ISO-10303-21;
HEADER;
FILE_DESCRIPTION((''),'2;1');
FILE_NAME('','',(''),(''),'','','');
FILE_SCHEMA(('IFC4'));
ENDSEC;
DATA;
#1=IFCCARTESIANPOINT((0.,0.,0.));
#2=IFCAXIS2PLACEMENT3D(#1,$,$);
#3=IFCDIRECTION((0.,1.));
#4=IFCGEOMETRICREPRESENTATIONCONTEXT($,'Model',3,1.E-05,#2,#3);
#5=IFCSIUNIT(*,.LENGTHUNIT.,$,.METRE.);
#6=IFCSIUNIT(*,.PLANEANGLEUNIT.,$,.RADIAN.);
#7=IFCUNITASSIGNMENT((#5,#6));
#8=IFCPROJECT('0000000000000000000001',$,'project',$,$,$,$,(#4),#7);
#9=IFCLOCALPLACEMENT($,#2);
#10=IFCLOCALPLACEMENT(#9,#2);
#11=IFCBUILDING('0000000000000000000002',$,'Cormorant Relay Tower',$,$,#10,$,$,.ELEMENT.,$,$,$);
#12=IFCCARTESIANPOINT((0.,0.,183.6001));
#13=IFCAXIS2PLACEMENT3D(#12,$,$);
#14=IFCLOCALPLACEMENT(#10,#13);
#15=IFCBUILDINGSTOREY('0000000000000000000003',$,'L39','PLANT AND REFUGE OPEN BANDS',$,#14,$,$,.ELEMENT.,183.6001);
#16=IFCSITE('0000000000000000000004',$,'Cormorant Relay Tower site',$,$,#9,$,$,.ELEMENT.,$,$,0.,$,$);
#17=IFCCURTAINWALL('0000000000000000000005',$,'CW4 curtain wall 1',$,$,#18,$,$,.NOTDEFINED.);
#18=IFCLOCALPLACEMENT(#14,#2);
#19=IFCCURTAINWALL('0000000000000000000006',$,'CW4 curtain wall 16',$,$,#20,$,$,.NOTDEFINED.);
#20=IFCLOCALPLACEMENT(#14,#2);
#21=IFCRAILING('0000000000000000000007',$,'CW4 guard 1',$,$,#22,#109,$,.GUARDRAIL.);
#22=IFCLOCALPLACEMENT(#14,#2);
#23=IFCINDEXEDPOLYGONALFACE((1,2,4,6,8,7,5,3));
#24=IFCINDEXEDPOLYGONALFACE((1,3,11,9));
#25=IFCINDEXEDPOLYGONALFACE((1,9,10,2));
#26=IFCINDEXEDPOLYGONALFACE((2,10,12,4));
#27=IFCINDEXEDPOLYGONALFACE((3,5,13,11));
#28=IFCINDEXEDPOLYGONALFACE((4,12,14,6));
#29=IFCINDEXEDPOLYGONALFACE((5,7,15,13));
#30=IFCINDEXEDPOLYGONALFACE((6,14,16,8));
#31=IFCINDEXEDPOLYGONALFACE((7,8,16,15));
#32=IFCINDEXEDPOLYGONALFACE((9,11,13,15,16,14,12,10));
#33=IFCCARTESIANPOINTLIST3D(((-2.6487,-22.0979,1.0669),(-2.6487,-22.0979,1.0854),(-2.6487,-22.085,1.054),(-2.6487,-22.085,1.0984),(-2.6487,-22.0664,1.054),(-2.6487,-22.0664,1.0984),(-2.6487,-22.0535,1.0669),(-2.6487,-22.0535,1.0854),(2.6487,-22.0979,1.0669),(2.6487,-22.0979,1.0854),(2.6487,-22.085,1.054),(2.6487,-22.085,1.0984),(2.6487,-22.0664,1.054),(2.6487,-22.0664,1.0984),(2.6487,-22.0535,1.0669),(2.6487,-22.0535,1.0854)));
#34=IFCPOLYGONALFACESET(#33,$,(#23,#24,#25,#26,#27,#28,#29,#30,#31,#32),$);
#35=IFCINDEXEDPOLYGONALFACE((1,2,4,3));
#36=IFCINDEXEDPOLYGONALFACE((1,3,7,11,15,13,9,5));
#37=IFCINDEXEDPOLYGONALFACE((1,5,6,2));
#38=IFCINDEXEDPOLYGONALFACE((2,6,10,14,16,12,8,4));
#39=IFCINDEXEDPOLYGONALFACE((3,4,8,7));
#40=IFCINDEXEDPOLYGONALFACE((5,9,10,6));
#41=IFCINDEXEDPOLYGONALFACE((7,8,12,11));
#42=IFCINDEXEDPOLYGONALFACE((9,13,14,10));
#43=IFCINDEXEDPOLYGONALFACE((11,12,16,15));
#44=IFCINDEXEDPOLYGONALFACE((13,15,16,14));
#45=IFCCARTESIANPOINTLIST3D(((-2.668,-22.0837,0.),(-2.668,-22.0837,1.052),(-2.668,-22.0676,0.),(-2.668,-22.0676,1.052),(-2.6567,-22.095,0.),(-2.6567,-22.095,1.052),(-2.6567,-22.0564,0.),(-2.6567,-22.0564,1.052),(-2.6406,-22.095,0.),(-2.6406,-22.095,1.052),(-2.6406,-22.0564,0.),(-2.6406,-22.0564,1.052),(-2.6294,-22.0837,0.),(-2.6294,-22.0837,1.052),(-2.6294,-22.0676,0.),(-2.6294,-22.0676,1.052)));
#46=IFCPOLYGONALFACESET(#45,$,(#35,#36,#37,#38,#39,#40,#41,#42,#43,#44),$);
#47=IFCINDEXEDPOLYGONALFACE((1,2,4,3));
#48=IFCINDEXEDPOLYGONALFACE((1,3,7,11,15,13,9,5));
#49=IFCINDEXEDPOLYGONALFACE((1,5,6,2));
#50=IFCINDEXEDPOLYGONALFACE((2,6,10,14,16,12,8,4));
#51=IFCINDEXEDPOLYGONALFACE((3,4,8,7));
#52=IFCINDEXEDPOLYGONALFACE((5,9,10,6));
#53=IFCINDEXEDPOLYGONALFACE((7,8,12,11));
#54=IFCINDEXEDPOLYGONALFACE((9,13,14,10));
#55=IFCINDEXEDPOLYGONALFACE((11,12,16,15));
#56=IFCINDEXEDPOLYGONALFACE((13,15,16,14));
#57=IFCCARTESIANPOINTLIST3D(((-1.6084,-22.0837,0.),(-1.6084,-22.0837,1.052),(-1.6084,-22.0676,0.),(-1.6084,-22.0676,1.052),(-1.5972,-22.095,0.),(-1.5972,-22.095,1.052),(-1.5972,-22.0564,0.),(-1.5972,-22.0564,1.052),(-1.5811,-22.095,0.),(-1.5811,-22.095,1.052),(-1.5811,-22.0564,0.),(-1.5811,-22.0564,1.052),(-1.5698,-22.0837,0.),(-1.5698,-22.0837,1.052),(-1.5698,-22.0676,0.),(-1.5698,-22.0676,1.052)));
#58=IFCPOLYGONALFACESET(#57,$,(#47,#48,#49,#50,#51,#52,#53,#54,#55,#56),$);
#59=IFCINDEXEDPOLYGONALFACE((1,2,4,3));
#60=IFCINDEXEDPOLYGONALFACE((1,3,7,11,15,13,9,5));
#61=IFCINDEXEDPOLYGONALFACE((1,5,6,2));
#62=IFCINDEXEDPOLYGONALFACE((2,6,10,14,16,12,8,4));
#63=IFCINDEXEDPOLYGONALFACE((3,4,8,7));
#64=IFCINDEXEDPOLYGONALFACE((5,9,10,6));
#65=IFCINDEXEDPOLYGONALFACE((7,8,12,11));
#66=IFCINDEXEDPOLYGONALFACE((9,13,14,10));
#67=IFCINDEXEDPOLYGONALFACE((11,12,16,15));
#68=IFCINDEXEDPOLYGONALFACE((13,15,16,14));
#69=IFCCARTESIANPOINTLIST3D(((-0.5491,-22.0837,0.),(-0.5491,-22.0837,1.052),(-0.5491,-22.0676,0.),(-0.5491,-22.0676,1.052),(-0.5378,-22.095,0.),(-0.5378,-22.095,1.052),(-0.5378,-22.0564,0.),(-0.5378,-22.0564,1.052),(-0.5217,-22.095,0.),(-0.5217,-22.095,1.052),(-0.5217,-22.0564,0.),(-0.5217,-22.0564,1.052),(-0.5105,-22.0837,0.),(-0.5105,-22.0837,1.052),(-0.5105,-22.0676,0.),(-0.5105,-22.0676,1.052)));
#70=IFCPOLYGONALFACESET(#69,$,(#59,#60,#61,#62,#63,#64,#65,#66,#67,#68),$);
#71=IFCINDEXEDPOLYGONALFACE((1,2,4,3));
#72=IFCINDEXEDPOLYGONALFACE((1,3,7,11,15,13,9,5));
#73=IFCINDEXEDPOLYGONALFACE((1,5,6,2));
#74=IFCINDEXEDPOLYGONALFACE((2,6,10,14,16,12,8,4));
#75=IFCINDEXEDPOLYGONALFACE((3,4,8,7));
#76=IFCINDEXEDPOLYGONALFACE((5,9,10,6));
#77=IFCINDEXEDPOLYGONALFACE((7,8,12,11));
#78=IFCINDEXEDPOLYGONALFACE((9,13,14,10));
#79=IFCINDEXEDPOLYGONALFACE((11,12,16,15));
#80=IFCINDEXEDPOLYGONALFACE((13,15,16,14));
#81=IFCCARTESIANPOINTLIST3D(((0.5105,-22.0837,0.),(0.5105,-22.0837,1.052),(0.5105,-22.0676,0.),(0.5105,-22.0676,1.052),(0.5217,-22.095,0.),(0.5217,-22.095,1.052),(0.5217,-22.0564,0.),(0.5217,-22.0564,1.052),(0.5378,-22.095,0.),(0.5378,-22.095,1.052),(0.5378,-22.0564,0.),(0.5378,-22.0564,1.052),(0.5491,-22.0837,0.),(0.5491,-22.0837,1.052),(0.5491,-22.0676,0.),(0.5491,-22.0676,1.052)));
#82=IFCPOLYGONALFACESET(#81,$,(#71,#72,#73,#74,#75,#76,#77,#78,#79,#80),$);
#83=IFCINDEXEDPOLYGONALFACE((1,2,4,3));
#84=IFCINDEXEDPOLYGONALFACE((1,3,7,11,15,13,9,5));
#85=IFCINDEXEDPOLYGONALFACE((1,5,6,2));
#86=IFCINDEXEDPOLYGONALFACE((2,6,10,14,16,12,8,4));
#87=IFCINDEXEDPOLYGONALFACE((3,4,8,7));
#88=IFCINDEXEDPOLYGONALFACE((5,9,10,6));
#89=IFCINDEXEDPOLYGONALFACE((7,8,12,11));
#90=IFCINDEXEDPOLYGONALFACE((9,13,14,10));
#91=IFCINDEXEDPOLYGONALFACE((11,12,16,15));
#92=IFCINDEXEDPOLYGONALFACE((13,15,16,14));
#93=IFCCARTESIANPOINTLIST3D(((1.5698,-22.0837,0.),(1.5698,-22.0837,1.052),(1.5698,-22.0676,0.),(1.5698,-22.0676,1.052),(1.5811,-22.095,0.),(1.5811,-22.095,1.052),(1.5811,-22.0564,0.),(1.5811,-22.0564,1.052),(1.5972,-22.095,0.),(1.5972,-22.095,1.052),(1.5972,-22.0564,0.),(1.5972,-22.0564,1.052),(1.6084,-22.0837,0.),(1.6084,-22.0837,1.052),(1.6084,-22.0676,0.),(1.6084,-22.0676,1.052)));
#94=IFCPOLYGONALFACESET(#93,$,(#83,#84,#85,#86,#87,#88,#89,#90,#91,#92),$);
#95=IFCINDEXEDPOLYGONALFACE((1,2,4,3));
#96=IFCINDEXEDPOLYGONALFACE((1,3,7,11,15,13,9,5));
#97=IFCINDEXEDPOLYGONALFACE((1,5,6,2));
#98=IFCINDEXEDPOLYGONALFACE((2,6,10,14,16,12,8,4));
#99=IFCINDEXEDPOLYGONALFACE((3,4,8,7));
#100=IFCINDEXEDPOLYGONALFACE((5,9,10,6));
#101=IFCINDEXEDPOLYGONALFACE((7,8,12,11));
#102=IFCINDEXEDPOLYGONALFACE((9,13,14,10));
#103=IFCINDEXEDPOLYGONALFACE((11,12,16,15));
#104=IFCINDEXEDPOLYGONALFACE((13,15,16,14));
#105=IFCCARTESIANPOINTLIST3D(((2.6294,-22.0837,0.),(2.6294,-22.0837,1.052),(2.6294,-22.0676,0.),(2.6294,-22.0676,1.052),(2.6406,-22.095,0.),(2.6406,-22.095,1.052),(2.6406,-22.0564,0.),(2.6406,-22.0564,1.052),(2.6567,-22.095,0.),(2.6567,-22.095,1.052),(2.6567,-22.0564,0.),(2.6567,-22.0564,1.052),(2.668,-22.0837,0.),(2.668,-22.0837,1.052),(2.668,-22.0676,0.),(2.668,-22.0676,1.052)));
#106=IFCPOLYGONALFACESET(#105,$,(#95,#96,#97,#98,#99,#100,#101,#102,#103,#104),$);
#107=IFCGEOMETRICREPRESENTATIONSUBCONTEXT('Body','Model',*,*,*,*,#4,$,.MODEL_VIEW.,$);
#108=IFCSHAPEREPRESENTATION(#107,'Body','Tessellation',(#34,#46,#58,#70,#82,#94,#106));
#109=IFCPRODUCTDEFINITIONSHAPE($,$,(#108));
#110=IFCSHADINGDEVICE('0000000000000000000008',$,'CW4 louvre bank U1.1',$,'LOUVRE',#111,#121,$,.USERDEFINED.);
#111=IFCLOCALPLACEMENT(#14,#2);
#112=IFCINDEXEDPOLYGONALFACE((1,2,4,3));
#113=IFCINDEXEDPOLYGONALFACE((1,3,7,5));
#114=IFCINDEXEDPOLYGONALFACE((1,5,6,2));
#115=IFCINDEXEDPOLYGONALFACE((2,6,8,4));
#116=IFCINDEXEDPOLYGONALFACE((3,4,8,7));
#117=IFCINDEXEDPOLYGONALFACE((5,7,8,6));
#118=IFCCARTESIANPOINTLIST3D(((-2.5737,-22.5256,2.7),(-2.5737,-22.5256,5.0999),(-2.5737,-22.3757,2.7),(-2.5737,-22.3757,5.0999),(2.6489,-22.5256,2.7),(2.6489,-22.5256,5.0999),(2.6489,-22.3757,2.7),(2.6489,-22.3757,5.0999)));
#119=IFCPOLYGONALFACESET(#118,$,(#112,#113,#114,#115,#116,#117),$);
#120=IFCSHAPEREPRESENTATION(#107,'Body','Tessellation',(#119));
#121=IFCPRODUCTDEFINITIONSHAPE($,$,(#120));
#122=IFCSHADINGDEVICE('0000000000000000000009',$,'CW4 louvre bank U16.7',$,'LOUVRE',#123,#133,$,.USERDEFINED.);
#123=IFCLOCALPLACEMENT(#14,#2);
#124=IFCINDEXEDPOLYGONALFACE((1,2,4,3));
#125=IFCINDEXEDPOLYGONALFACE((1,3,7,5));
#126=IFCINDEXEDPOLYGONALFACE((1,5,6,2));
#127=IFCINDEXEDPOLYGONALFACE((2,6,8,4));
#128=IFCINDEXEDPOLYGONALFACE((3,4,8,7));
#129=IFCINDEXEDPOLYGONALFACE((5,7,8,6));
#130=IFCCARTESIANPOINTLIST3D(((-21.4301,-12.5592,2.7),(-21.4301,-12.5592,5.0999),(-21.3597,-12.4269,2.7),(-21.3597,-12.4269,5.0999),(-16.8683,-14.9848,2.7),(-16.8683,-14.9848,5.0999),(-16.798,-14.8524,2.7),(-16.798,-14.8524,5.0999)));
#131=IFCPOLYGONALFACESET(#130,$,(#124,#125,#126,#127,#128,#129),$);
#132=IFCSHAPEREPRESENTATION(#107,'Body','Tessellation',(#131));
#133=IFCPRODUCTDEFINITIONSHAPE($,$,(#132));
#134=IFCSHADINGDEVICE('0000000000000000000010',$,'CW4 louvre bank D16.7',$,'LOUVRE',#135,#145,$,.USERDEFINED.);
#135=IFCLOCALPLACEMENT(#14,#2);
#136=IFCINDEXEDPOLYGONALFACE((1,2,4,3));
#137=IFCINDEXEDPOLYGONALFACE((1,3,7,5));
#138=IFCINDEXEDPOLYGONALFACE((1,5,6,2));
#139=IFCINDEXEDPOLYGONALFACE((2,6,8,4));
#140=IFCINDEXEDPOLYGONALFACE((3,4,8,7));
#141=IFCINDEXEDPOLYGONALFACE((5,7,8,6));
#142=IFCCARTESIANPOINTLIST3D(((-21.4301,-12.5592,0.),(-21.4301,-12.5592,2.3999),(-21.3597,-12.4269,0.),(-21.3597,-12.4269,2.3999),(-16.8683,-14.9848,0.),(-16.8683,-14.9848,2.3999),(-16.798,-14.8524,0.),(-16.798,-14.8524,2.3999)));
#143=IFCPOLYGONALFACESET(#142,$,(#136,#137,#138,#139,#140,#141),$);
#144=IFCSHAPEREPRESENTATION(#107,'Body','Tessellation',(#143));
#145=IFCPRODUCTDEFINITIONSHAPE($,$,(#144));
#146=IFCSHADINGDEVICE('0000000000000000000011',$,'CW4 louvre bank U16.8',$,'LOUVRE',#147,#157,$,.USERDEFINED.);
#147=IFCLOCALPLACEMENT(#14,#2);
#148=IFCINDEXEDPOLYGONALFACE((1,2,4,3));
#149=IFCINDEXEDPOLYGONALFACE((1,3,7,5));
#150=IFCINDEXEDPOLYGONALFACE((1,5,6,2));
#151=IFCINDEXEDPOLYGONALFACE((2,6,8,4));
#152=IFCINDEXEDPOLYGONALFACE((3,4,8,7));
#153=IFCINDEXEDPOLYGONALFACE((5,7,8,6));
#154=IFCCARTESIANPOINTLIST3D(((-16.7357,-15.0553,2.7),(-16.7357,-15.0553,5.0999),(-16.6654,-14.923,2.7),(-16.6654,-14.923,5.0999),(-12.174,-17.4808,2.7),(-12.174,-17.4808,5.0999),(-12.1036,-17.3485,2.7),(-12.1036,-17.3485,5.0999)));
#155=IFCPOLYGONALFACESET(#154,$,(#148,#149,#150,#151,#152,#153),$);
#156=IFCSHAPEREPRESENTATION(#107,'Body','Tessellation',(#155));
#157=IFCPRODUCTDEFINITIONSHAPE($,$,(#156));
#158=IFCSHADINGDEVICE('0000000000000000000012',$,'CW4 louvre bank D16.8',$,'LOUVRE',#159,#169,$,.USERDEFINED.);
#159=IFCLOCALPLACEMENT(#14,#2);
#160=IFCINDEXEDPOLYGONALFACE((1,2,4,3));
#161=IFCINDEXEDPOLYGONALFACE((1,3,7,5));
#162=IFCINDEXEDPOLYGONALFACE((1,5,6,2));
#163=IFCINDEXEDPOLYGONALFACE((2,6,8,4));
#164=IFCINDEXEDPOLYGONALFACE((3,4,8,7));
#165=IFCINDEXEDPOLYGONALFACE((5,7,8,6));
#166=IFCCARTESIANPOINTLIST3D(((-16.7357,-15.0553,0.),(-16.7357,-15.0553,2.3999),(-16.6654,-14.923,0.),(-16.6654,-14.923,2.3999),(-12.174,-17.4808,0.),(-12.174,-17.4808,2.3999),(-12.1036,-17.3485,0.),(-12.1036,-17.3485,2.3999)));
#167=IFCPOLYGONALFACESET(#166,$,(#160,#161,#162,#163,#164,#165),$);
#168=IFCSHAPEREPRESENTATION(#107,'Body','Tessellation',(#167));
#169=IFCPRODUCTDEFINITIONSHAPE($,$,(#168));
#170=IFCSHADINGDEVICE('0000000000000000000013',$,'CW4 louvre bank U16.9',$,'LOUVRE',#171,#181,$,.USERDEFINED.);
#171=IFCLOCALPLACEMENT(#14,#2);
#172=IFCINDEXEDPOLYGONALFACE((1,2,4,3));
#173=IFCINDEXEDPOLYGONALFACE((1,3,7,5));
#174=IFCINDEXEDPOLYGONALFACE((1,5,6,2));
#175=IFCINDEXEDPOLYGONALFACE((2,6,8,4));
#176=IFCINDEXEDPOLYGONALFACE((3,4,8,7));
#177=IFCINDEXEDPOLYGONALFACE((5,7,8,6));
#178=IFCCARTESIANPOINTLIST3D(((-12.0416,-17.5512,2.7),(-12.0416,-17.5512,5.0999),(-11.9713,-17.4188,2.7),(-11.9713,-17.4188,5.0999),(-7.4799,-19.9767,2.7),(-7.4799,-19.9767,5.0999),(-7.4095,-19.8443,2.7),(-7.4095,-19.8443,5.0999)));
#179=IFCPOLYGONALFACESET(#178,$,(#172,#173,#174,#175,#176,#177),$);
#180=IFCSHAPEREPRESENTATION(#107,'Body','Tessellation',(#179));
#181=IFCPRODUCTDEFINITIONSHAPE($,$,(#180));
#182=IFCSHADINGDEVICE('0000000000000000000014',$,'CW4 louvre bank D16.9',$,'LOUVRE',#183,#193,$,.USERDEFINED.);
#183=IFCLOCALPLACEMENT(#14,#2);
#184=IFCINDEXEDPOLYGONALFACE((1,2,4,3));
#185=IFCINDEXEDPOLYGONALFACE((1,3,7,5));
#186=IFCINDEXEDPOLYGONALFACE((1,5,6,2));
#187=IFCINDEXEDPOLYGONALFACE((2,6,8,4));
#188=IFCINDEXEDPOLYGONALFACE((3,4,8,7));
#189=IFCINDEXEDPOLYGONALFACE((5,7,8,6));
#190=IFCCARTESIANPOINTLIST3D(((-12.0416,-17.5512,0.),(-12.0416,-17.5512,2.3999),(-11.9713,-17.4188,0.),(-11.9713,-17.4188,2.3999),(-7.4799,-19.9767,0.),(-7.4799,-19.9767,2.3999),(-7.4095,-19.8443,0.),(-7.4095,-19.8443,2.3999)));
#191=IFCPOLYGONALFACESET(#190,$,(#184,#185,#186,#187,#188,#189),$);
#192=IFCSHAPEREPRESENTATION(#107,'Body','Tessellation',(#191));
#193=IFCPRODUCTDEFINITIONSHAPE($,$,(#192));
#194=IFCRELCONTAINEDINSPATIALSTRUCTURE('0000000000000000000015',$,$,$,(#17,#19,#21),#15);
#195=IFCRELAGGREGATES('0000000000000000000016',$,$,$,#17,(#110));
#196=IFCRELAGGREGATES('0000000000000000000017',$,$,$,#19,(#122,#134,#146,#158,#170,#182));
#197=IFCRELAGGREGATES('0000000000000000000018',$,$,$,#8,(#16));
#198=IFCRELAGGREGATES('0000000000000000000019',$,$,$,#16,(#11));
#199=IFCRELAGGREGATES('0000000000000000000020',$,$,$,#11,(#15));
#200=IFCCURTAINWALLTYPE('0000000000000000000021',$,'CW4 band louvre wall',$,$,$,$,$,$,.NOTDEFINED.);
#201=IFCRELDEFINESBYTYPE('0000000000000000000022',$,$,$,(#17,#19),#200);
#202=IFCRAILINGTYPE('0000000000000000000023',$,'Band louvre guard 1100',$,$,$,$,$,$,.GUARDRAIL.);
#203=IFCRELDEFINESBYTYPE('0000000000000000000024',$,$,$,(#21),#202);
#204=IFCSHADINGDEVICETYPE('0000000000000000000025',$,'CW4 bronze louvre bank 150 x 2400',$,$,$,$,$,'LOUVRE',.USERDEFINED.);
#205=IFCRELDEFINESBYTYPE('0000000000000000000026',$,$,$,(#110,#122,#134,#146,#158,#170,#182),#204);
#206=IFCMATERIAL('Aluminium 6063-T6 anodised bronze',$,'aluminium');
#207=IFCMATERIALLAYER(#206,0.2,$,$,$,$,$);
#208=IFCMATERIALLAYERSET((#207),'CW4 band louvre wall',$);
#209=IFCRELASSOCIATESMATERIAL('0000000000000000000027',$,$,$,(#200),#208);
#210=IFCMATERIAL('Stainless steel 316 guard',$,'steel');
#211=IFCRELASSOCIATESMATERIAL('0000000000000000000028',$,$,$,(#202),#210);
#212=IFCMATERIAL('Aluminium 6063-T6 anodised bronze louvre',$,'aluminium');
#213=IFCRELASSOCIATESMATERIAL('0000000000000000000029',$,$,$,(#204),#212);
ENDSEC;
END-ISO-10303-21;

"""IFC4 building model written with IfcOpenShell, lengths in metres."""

from ifc_helpers import new_model, si_unit, direction, frame, origin, origin_2d, place, context, subcontext, project, spatial, polyline, rectangle, outline, extrude, material, layer, layer_set, type_object, element, aggregate, save


model = new_model("IFC4")

# Units and contexts
model_context = context("Model", 3, precision=1e-05, world=origin(), true_north=direction((0.0, 1.0)))
body_context = subcontext(model_context, "Body", "Model", "MODEL_VIEW")
ifc_project = project(units=[si_unit("LENGTHUNIT", "METRE"), si_unit("PLANEANGLEUNIT", "RADIAN")], contexts=[model_context])

# Site, building, storey
site_placement = place(None, origin())
site = spatial("IfcSite", under=ifc_project, at=site_placement, Name="Cormorant Relay Tower site", CompositionType="ELEMENT", RefElevation=0.0)
building_placement = place(site_placement, origin())
building = spatial("IfcBuilding", under=site, at=building_placement, Name="Cormorant Relay Tower", CompositionType="ELEMENT")
storey_placement = place(building_placement, frame((0.0, 0.0, 183.6001)))
storey = spatial("IfcBuildingStorey", under=building, at=storey_placement, Name="L39", Description="PLANT AND REFUGE OPEN BANDS", CompositionType="ELEMENT", Elevation=183.6001)

# Curtain wall
ifc_material_1 = material(Name="Aluminium 6063-T6 anodised bronze", Category="aluminium")
ifc_layer_1 = layer(ifc_material_1, 0.2)
ifc_layer_set_1 = layer_set([ifc_layer_1], Name="CW4 band louvre wall")
curtain_wall_type = type_object("IfcCurtainWallType", Name="CW4 band louvre wall", PredefinedType="NOTDEFINED", material=ifc_layer_set_1)
curtain_wall_1_placement = place(storey_placement, origin())
curtain_wall_1 = element("IfcCurtainWall", 1, at=curtain_wall_1_placement, inside=storey, type_object=curtain_wall_type, Name="CW4 curtain wall 1", PredefinedType="NOTDEFINED")

# Curtain wall
curtain_wall_2_placement = place(storey_placement, origin())
curtain_wall_2 = element("IfcCurtainWall", 2, at=curtain_wall_2_placement, inside=storey, type_object=curtain_wall_type, Name="CW4 curtain wall 16", PredefinedType="NOTDEFINED")

# Railing
ifc_material_2 = material(Name="Stainless steel 316 guard", Category="steel")
railing_type_1 = type_object("IfcRailingType", Name="Band louvre guard 1100", PredefinedType="GUARDRAIL", material=ifc_material_2)
railing_1_placement = place(storey_placement, frame((-2.6487, -22.0757, 0.0)))
element("IfcRailing", 3, at=railing_1_placement, inside=storey, type_object=railing_type_1, Name="CW4 guard 1", PredefinedType="GUARDRAIL", context=body_context, shape_type="SweptSolid", body=[
    extrude(outline(polyline([(0.0222, 0.0093), (0.0093, 0.0222), (-0.0093, 0.0222), (-0.0222, 0.0093), (-0.0222, -0.0093), (-0.0093, -0.0222), (0.0093, -0.0222), (0.0222, -0.0093), (0.0222, 0.0093)])), frame((0.0, 0.0, 1.0762), z_axis=(1.0, 0.0, 0.0), x_axis=(0.0, 1.0, 0.0)), (0.0, 0.0, 1.0), 5.2974),
    extrude(outline(polyline([(0.0193, 0.0081), (0.0081, 0.0193), (-0.0081, 0.0193), (-0.0193, 0.0081), (-0.0193, -0.0081), (-0.0081, -0.0193), (0.0081, -0.0193), (0.0193, -0.0081), (0.0193, 0.0081)])), origin(), (0.0, 0.0, 1.0), 1.052),
    extrude(outline(polyline([(0.0193, 0.0081), (0.0081, 0.0193), (-0.0081, 0.0193), (-0.0193, 0.0081), (-0.0193, -0.0081), (-0.0081, -0.0193), (0.0081, -0.0193), (0.0193, -0.0081), (0.0193, 0.0081)])), frame((1.0596, 0.0, 0.0)), (0.0, 0.0, 1.0), 1.052),
    extrude(outline(polyline([(0.0193, 0.0081), (0.0081, 0.0193), (-0.0081, 0.0193), (-0.0193, 0.0081), (-0.0193, -0.0081), (-0.0081, -0.0193), (0.0081, -0.0193), (0.0193, -0.0081), (0.0193, 0.0081)])), frame((2.1189, 0.0, 0.0)), (0.0, 0.0, 1.0), 1.052),
    extrude(outline(polyline([(0.0193, 0.0081), (0.0081, 0.0193), (-0.0081, 0.0193), (-0.0193, 0.0081), (-0.0193, -0.0081), (-0.0081, -0.0193), (0.0081, -0.0193), (0.0193, -0.0081), (0.0193, 0.0081)])), frame((3.1785, 0.0, 0.0)), (0.0, 0.0, 1.0), 1.052),
    extrude(outline(polyline([(0.0193, 0.0081), (0.0081, 0.0193), (-0.0081, 0.0193), (-0.0193, 0.0081), (-0.0193, -0.0081), (-0.0081, -0.0193), (0.0081, -0.0193), (0.0193, -0.0081), (0.0193, 0.0081)])), frame((4.2378, 0.0, 0.0)), (0.0, 0.0, 1.0), 1.052),
    extrude(outline(polyline([(0.0193, 0.0081), (0.0081, 0.0193), (-0.0081, 0.0193), (-0.0193, 0.0081), (-0.0193, -0.0081), (-0.0081, -0.0193), (0.0081, -0.0193), (0.0193, -0.0081), (0.0193, 0.0081)])), frame((5.2974, 0.0, 0.0)), (0.0, 0.0, 1.0), 1.052),
])

# Shading devices
ifc_material_3 = material(Name="Aluminium 6063-T6 anodised bronze louvre", Category="aluminium")
shading_device_type = type_object("IfcShadingDeviceType", Name="CW4 bronze louvre bank 150 x 2400", ElementType="LOUVRE", PredefinedType="USERDEFINED", material=ifc_material_3)
shading_device_1_placement = place(storey_placement, frame((0.0376, -22.4507, 2.7), z_axis=(0.0, 0.0, 1.0), x_axis=(1.0, 0.0, 0.0)))
shading_device_1 = element("IfcShadingDevice", 4, at=shading_device_1_placement, type_object=shading_device_type, Name="CW4 louvre bank U1.1", ObjectType="LOUVRE", PredefinedType="USERDEFINED", context=body_context, shape_type="SweptSolid", body=[
    extrude(rectangle(XDim=5.2227, YDim=0.1499, at=origin_2d()), origin(), (0.0, 0.0, 1.0), 2.3999),
])
aggregate(curtain_wall_1, [shading_device_1])
shading_device_2_placement = place(storey_placement, frame((-19.114, -13.7058, 2.7), z_axis=(0.0, 0.0, 1.0), x_axis=(0.882948, -0.469472, 0.0)))
shading_device_2 = element("IfcShadingDevice", 5, at=shading_device_2_placement, type_object=shading_device_type, Name="CW4 louvre bank U16.7", ObjectType="LOUVRE", PredefinedType="USERDEFINED", context=body_context, shape_type="SweptSolid", body=[
    extrude(rectangle(XDim=5.1665, YDim=0.1499, at=origin_2d()), origin(), (0.0, 0.0, 1.0), 2.3999),
])
shading_device_3_placement = place(storey_placement, frame((-19.114, -13.7058, 0.0), z_axis=(0.0, 0.0, 1.0), x_axis=(0.882948, -0.469472, 0.0)))
shading_device_3 = element("IfcShadingDevice", 6, at=shading_device_3_placement, type_object=shading_device_type, Name="CW4 louvre bank D16.7", ObjectType="LOUVRE", PredefinedType="USERDEFINED", context=body_context, shape_type="SweptSolid", body=[
    extrude(rectangle(XDim=5.1665, YDim=0.1499, at=origin_2d()), origin(), (0.0, 0.0, 1.0), 2.3999),
])
shading_device_4_placement = place(storey_placement, frame((-14.4197, -16.2019, 2.7), z_axis=(0.0, 0.0, 1.0), x_axis=(0.882948, -0.469472, 0.0)))
shading_device_4 = element("IfcShadingDevice", 7, at=shading_device_4_placement, type_object=shading_device_type, Name="CW4 louvre bank U16.8", ObjectType="LOUVRE", PredefinedType="USERDEFINED", context=body_context, shape_type="SweptSolid", body=[
    extrude(rectangle(XDim=5.1665, YDim=0.1499, at=origin_2d()), origin(), (0.0, 0.0, 1.0), 2.3999),
])
shading_device_5_placement = place(storey_placement, frame((-14.4197, -16.2019, 0.0), z_axis=(0.0, 0.0, 1.0), x_axis=(0.882948, -0.469472, 0.0)))
shading_device_5 = element("IfcShadingDevice", 8, at=shading_device_5_placement, type_object=shading_device_type, Name="CW4 louvre bank D16.8", ObjectType="LOUVRE", PredefinedType="USERDEFINED", context=body_context, shape_type="SweptSolid", body=[
    extrude(rectangle(XDim=5.1665, YDim=0.1499, at=origin_2d()), origin(), (0.0, 0.0, 1.0), 2.3999),
])
shading_device_6_placement = place(storey_placement, frame((-9.7256, -18.6978, 2.7), z_axis=(0.0, 0.0, 1.0), x_axis=(0.882948, -0.469472, 0.0)))
shading_device_6 = element("IfcShadingDevice", 9, at=shading_device_6_placement, type_object=shading_device_type, Name="CW4 louvre bank U16.9", ObjectType="LOUVRE", PredefinedType="USERDEFINED", context=body_context, shape_type="SweptSolid", body=[
    extrude(rectangle(XDim=5.1665, YDim=0.1499, at=origin_2d()), origin(), (0.0, 0.0, 1.0), 2.3999),
])
shading_device_7_placement = place(storey_placement, frame((-9.7256, -18.6978, 0.0), z_axis=(0.0, 0.0, 1.0), x_axis=(0.882948, -0.469472, 0.0)))
shading_device_7 = element("IfcShadingDevice", 10, at=shading_device_7_placement, type_object=shading_device_type, Name="CW4 louvre bank D16.9", ObjectType="LOUVRE", PredefinedType="USERDEFINED", context=body_context, shape_type="SweptSolid", body=[
    extrude(rectangle(XDim=5.1665, YDim=0.1499, at=origin_2d()), origin(), (0.0, 0.0, 1.0), 2.3999),
])
aggregate(curtain_wall_2, [shading_device_2, shading_device_3, shading_device_4, shading_device_5, shading_device_6, shading_device_7])

save(model, "model.ifc")
